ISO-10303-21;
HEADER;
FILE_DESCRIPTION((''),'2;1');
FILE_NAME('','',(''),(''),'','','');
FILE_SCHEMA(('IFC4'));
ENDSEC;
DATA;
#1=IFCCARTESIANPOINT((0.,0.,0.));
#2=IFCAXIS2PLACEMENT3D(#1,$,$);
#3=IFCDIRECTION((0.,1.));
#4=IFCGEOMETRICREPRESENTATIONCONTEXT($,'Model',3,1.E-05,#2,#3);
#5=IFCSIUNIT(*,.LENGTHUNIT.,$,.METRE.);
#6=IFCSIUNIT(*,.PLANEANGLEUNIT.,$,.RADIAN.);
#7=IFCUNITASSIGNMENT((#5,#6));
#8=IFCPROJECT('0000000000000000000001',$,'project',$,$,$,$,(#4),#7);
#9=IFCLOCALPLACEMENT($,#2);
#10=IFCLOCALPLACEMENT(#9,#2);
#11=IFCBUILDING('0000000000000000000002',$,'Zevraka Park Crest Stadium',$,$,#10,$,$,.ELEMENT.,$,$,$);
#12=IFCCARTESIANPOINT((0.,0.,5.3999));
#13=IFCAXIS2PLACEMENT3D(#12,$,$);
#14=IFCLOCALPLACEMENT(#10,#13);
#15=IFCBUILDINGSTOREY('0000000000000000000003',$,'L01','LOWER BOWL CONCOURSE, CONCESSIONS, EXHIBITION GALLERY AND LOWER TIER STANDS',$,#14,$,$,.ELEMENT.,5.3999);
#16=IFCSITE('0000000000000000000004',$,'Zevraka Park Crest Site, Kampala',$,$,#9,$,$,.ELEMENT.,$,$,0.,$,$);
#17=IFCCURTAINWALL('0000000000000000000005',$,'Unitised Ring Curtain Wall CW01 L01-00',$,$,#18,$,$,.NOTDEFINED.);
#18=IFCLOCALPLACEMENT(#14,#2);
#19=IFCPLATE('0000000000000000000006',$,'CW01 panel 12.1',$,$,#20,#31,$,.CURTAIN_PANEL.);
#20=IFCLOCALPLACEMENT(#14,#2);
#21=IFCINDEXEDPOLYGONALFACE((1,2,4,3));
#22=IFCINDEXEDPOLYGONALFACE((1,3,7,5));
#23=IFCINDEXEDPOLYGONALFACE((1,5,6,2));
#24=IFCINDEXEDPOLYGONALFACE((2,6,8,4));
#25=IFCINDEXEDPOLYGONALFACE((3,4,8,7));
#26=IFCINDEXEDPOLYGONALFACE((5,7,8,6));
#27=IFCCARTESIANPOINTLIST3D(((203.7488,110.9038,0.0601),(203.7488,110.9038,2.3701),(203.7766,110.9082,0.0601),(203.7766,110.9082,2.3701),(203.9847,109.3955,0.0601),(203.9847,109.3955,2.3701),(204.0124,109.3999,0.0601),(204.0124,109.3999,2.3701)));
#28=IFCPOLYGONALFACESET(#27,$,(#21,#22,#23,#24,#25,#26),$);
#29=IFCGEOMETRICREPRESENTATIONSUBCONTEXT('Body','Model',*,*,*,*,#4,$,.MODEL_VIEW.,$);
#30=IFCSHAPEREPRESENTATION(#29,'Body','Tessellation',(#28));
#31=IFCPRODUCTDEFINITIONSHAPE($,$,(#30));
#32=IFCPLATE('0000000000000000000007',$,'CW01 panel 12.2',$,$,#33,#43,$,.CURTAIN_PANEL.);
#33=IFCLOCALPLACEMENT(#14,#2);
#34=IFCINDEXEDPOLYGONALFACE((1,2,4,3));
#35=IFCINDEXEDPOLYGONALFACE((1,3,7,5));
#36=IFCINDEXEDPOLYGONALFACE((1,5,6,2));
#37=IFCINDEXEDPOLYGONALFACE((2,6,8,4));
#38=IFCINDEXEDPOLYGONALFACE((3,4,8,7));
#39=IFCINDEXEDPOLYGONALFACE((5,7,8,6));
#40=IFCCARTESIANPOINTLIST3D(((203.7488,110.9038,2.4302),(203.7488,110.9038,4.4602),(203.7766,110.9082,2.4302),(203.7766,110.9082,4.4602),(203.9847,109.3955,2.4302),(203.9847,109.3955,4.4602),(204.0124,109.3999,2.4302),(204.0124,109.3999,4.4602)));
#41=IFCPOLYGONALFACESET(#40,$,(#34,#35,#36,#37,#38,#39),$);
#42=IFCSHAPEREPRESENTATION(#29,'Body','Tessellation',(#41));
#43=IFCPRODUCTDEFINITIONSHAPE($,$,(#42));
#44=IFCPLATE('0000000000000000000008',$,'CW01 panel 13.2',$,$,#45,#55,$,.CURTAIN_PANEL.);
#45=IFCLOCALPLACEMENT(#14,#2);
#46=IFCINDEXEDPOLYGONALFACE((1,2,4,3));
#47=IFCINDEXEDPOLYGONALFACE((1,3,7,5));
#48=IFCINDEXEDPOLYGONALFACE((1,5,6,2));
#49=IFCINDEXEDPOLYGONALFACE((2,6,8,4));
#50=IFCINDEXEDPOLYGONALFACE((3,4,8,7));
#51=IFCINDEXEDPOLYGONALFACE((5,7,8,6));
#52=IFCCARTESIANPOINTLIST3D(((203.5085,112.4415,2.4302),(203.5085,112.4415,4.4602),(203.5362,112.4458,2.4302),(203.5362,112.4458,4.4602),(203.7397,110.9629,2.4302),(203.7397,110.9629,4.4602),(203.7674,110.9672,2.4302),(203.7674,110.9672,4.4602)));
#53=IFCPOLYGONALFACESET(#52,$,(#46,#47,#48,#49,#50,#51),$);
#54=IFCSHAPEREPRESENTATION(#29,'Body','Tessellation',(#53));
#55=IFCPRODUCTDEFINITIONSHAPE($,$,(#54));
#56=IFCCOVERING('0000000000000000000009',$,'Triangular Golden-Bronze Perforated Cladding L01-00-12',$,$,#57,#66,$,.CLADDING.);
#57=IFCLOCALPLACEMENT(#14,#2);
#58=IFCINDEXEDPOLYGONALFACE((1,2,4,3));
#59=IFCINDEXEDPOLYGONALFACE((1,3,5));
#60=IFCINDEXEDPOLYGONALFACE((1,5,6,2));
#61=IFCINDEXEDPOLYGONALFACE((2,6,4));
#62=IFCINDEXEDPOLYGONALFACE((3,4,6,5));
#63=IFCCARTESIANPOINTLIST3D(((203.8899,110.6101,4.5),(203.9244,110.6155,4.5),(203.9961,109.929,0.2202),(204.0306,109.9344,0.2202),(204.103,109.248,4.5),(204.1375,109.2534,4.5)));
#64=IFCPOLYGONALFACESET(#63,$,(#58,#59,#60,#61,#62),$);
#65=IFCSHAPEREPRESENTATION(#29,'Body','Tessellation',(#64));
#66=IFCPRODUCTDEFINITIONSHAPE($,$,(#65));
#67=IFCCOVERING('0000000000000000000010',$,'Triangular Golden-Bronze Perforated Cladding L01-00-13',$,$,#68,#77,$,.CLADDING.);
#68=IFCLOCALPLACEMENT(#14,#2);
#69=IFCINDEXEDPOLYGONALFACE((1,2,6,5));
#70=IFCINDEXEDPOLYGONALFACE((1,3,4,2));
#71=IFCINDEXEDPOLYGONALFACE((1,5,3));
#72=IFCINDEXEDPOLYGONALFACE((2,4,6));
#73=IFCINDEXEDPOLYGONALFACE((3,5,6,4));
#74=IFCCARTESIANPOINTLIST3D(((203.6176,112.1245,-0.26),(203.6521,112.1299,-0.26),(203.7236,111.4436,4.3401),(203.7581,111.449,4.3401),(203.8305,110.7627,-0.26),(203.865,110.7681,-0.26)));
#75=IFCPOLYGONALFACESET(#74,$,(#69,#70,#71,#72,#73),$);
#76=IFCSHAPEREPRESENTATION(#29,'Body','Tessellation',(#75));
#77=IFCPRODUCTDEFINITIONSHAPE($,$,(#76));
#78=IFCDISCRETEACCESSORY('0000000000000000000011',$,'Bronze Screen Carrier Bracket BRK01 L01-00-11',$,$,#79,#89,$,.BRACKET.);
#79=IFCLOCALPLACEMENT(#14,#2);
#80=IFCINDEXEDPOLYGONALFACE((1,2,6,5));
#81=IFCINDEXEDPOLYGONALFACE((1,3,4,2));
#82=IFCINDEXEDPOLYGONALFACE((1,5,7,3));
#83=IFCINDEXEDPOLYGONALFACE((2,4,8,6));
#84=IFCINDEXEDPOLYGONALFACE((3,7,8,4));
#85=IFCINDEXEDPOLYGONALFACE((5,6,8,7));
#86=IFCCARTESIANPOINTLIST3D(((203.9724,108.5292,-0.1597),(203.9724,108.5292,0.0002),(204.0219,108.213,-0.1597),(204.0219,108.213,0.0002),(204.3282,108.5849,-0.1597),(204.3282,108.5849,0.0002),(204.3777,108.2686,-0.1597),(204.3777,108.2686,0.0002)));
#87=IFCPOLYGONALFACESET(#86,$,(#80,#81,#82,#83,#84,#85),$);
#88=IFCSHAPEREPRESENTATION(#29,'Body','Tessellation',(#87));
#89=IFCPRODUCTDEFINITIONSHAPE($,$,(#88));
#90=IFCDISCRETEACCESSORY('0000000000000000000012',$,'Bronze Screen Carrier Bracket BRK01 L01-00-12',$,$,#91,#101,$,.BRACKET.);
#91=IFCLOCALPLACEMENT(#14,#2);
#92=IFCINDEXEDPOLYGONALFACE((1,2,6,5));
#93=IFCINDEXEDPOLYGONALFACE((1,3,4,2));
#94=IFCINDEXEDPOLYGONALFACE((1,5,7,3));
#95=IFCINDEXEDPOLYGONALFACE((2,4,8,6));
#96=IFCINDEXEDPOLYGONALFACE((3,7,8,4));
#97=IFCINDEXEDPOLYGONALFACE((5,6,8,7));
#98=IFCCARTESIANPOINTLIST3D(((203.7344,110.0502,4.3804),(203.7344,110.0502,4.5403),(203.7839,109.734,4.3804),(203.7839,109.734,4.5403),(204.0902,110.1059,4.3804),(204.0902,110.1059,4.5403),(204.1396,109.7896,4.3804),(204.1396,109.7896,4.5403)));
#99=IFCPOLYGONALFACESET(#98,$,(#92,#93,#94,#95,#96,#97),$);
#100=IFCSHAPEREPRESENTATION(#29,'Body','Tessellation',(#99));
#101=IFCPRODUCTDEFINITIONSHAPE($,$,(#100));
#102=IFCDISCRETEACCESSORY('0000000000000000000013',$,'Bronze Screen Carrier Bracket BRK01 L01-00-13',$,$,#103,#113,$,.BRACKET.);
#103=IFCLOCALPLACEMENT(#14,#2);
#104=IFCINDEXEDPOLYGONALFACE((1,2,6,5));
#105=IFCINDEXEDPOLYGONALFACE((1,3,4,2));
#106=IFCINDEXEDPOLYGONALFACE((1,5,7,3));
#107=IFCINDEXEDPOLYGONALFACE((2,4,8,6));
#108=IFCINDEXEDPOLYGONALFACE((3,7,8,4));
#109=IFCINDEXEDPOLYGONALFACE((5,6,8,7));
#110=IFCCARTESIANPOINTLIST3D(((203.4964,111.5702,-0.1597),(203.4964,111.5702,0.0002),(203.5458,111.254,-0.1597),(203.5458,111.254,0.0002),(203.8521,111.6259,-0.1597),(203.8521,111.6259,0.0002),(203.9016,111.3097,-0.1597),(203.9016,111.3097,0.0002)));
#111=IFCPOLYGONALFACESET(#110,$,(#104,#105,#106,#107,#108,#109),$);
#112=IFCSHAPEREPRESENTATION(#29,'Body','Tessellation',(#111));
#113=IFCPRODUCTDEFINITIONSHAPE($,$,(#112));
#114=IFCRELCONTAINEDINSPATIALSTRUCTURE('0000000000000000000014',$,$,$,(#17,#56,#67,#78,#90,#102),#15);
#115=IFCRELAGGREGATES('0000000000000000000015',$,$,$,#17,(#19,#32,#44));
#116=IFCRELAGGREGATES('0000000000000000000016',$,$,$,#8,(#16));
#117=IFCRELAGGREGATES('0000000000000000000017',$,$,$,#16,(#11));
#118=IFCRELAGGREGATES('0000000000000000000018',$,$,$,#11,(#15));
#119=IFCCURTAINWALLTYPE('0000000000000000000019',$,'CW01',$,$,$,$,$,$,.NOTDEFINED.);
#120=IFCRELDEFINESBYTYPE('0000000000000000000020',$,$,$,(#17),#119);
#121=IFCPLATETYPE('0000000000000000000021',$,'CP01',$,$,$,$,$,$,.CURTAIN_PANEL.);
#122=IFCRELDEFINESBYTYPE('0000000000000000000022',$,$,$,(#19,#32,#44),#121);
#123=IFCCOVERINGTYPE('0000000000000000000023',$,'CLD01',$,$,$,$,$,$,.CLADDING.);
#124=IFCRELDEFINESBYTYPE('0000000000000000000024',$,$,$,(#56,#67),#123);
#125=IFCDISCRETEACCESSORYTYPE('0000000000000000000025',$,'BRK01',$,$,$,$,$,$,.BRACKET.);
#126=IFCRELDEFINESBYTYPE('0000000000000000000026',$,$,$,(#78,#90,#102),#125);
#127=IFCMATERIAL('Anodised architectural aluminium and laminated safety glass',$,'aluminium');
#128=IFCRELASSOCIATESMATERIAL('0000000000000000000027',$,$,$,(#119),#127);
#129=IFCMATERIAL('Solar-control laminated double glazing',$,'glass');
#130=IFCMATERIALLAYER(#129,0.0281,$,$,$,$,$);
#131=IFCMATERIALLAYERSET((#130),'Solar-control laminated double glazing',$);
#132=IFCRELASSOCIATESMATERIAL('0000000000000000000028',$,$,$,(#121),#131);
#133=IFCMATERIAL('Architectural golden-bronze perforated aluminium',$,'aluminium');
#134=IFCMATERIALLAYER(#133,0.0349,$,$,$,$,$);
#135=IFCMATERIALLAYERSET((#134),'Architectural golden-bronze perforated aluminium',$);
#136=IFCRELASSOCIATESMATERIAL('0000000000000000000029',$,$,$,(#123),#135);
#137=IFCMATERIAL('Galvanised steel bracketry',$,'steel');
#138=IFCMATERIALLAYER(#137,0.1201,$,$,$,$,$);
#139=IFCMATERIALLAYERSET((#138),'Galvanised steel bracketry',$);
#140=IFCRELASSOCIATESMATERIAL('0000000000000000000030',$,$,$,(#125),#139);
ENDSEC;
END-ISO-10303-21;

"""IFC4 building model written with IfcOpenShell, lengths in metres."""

from ifc_helpers import new_model, si_unit, direction, frame, origin, origin_2d, place, context, subcontext, project, spatial, polyline, rectangle, outline, extrude, material, layer, layer_set, type_object, element, aggregate, save


model = new_model("IFC4")

# Units and contexts
model_context = context("Model", 3, precision=1e-05, world=origin(), true_north=direction((0.0, 1.0)))
body_context = subcontext(model_context, "Body", "Model", "MODEL_VIEW")
ifc_project = project(units=[si_unit("LENGTHUNIT", "METRE"), si_unit("PLANEANGLEUNIT", "RADIAN")], contexts=[model_context])

# Site, building, storey
site_placement = place(None, origin())
site = spatial("IfcSite", under=ifc_project, at=site_placement, Name="Zevraka Park Crest Site, Kampala", CompositionType="ELEMENT", RefElevation=0.0)
building_placement = place(site_placement, origin())
building = spatial("IfcBuilding", under=site, at=building_placement, Name="Zevraka Park Crest Stadium", CompositionType="ELEMENT")
storey_placement = place(building_placement, frame((0.0, 0.0, 5.3999)))
storey = spatial("IfcBuildingStorey", under=building, at=storey_placement, Name="L01", Description="LOWER BOWL CONCOURSE, CONCESSIONS, EXHIBITION GALLERY AND LOWER TIER STANDS", CompositionType="ELEMENT", Elevation=5.3999)

# Curtain wall, plates
ifc_material_1 = material(Name="Anodised architectural aluminium and laminated safety glass", Category="aluminium")
curtain_wall_type = type_object("IfcCurtainWallType", Name="CW01", PredefinedType="NOTDEFINED", material=ifc_material_1)
curtain_wall_placement = place(storey_placement, origin())
curtain_wall = element("IfcCurtainWall", 1, at=curtain_wall_placement, inside=storey, type_object=curtain_wall_type, Name="Unitised Ring Curtain Wall CW01 L01-00", PredefinedType="NOTDEFINED")
ifc_material_2 = material(Name="Solar-control laminated double glazing", Category="glass")
ifc_layer_1 = layer(ifc_material_2, 0.0281)
ifc_layer_set_1 = layer_set([ifc_layer_1], Name="Solar-control laminated double glazing")
plate_type = type_object("IfcPlateType", Name="CP01", PredefinedType="CURTAIN_PANEL", material=ifc_layer_set_1)
plate_1_placement = place(storey_placement, frame((203.8806, 110.1519, 0.0601), z_axis=(0.0, 0.0, 1.0), x_axis=(-0.154476, 0.987997, 0.0)))
plate_1 = element("IfcPlate", 2, at=plate_1_placement, type_object=plate_type, Name="CW01 panel 12.1", PredefinedType="CURTAIN_PANEL", context=body_context, shape_type="SweptSolid", body=[
    extrude(rectangle(XDim=1.5266, YDim=0.0281, at=origin_2d()), origin(), (0.0, 0.0, 1.0), 2.3101),
])
plate_2_placement = place(storey_placement, frame((203.8806, 110.1519, 2.4302), z_axis=(0.0, 0.0, 1.0), x_axis=(-0.154476, 0.987997, 0.0)))
plate_2 = element("IfcPlate", 3, at=plate_2_placement, type_object=plate_type, Name="CW01 panel 12.2", PredefinedType="CURTAIN_PANEL", context=body_context, shape_type="SweptSolid", body=[
    extrude(rectangle(XDim=1.5266, YDim=0.0281, at=origin_2d()), origin(), (0.0, 0.0, 1.0), 2.03),
])
plate_3_placement = place(storey_placement, frame((203.6379, 111.7043, 2.4302), z_axis=(0.0, 0.0, 1.0), x_axis=(-0.154476, 0.987997, 0.0)))
plate_3 = element("IfcPlate", 4, at=plate_3_placement, type_object=plate_type, Name="CW01 panel 13.2", PredefinedType="CURTAIN_PANEL", context=body_context, shape_type="SweptSolid", body=[
    extrude(rectangle(XDim=1.4966, YDim=0.0281, at=origin_2d()), origin(), (0.0, 0.0, 1.0), 2.03),
])
aggregate(curtain_wall, [plate_1, plate_2, plate_3])

# Coverings
ifc_material_3 = material(Name="Architectural golden-bronze perforated aluminium", Category="aluminium")
ifc_layer_2 = layer(ifc_material_3, 0.0349)
ifc_layer_set_2 = layer_set([ifc_layer_2], Name="Architectural golden-bronze perforated aluminium")
covering_type = type_object("IfcCoveringType", Name="CLD01", PredefinedType="CLADDING", material=ifc_layer_set_2)
covering_1_placement = place(storey_placement, frame((203.8899, 110.6101, 4.5), z_axis=(-0.987977, -0.154598, 0.000089), x_axis=(0.154598, -0.987977, 0.0)))
element("IfcCovering", 5, at=covering_1_placement, inside=storey, type_object=covering_type, Name="Triangular Golden-Bronze Perforated Cladding L01-00-12", PredefinedType="CLADDING", context=body_context, shape_type="SweptSolid", body=[
    extrude(outline(polyline([(0.0, 0.0), (1.3786, 0.0), (0.6894, -4.2798), (0.0, 0.0)])), origin(), (0.0, 0.0, -1.0), 0.0349),
])
covering_2_placement = place(storey_placement, frame((203.865, 110.7681, -0.26), z_axis=(0.988, 0.154453, 0.000105), x_axis=(-0.154453, 0.988, 0.0)))
element("IfcCovering", 6, at=covering_2_placement, inside=storey, type_object=covering_type, Name="Triangular Golden-Bronze Perforated Cladding L01-00-13", PredefinedType="CLADDING", context=body_context, shape_type="SweptSolid", body=[
    extrude(outline(polyline([(0.0, 0.0), (1.3784, 0.0), (0.6893, 4.6001), (0.0, 0.0)])), origin(), (0.0, 0.0, -1.0), 0.0349),
])

# Discrete accessories
ifc_material_4 = material(Name="Galvanised steel bracketry", Category="steel")
ifc_layer_3 = layer(ifc_material_4, 0.1201)
ifc_layer_set_3 = layer_set([ifc_layer_3], Name="Galvanised steel bracketry")
discrete_accessory_type = type_object("IfcDiscreteAccessoryType", Name="BRK01", PredefinedType="BRACKET", material=ifc_layer_set_3)
for number, where, z_axis, x_axis, name in (
    (7, (204.175, 108.3989, -0.1597), (0.0, 0.0, 1.0), (-0.154538, 0.987987, 0.0), "Bronze Screen Carrier Bracket BRK01 L01-00-11"),
    (8, (203.937, 109.9199, 4.3804), (0.0, 0.0, 1.0), (-0.154538, 0.987987, 0.0), "Bronze Screen Carrier Bracket BRK01 L01-00-12"),
    (9, (203.699, 111.4399, -0.1597), (0.0, 0.0, 1.0), (-0.154538, 0.987987, 0.0), "Bronze Screen Carrier Bracket BRK01 L01-00-13"),
):
    element("IfcDiscreteAccessory", number, at=place(storey_placement, frame(where, z_axis=z_axis, x_axis=x_axis)), inside=storey, type_object=discrete_accessory_type, Name=name, PredefinedType="BRACKET", context=body_context, shape_type="SweptSolid", body=[
        extrude(rectangle(XDim=0.3201, YDim=0.3601, at=origin_2d()), origin(), (0.0, 0.0, 1.0), 0.1599),
    ])

save(model, "model.ifc")
